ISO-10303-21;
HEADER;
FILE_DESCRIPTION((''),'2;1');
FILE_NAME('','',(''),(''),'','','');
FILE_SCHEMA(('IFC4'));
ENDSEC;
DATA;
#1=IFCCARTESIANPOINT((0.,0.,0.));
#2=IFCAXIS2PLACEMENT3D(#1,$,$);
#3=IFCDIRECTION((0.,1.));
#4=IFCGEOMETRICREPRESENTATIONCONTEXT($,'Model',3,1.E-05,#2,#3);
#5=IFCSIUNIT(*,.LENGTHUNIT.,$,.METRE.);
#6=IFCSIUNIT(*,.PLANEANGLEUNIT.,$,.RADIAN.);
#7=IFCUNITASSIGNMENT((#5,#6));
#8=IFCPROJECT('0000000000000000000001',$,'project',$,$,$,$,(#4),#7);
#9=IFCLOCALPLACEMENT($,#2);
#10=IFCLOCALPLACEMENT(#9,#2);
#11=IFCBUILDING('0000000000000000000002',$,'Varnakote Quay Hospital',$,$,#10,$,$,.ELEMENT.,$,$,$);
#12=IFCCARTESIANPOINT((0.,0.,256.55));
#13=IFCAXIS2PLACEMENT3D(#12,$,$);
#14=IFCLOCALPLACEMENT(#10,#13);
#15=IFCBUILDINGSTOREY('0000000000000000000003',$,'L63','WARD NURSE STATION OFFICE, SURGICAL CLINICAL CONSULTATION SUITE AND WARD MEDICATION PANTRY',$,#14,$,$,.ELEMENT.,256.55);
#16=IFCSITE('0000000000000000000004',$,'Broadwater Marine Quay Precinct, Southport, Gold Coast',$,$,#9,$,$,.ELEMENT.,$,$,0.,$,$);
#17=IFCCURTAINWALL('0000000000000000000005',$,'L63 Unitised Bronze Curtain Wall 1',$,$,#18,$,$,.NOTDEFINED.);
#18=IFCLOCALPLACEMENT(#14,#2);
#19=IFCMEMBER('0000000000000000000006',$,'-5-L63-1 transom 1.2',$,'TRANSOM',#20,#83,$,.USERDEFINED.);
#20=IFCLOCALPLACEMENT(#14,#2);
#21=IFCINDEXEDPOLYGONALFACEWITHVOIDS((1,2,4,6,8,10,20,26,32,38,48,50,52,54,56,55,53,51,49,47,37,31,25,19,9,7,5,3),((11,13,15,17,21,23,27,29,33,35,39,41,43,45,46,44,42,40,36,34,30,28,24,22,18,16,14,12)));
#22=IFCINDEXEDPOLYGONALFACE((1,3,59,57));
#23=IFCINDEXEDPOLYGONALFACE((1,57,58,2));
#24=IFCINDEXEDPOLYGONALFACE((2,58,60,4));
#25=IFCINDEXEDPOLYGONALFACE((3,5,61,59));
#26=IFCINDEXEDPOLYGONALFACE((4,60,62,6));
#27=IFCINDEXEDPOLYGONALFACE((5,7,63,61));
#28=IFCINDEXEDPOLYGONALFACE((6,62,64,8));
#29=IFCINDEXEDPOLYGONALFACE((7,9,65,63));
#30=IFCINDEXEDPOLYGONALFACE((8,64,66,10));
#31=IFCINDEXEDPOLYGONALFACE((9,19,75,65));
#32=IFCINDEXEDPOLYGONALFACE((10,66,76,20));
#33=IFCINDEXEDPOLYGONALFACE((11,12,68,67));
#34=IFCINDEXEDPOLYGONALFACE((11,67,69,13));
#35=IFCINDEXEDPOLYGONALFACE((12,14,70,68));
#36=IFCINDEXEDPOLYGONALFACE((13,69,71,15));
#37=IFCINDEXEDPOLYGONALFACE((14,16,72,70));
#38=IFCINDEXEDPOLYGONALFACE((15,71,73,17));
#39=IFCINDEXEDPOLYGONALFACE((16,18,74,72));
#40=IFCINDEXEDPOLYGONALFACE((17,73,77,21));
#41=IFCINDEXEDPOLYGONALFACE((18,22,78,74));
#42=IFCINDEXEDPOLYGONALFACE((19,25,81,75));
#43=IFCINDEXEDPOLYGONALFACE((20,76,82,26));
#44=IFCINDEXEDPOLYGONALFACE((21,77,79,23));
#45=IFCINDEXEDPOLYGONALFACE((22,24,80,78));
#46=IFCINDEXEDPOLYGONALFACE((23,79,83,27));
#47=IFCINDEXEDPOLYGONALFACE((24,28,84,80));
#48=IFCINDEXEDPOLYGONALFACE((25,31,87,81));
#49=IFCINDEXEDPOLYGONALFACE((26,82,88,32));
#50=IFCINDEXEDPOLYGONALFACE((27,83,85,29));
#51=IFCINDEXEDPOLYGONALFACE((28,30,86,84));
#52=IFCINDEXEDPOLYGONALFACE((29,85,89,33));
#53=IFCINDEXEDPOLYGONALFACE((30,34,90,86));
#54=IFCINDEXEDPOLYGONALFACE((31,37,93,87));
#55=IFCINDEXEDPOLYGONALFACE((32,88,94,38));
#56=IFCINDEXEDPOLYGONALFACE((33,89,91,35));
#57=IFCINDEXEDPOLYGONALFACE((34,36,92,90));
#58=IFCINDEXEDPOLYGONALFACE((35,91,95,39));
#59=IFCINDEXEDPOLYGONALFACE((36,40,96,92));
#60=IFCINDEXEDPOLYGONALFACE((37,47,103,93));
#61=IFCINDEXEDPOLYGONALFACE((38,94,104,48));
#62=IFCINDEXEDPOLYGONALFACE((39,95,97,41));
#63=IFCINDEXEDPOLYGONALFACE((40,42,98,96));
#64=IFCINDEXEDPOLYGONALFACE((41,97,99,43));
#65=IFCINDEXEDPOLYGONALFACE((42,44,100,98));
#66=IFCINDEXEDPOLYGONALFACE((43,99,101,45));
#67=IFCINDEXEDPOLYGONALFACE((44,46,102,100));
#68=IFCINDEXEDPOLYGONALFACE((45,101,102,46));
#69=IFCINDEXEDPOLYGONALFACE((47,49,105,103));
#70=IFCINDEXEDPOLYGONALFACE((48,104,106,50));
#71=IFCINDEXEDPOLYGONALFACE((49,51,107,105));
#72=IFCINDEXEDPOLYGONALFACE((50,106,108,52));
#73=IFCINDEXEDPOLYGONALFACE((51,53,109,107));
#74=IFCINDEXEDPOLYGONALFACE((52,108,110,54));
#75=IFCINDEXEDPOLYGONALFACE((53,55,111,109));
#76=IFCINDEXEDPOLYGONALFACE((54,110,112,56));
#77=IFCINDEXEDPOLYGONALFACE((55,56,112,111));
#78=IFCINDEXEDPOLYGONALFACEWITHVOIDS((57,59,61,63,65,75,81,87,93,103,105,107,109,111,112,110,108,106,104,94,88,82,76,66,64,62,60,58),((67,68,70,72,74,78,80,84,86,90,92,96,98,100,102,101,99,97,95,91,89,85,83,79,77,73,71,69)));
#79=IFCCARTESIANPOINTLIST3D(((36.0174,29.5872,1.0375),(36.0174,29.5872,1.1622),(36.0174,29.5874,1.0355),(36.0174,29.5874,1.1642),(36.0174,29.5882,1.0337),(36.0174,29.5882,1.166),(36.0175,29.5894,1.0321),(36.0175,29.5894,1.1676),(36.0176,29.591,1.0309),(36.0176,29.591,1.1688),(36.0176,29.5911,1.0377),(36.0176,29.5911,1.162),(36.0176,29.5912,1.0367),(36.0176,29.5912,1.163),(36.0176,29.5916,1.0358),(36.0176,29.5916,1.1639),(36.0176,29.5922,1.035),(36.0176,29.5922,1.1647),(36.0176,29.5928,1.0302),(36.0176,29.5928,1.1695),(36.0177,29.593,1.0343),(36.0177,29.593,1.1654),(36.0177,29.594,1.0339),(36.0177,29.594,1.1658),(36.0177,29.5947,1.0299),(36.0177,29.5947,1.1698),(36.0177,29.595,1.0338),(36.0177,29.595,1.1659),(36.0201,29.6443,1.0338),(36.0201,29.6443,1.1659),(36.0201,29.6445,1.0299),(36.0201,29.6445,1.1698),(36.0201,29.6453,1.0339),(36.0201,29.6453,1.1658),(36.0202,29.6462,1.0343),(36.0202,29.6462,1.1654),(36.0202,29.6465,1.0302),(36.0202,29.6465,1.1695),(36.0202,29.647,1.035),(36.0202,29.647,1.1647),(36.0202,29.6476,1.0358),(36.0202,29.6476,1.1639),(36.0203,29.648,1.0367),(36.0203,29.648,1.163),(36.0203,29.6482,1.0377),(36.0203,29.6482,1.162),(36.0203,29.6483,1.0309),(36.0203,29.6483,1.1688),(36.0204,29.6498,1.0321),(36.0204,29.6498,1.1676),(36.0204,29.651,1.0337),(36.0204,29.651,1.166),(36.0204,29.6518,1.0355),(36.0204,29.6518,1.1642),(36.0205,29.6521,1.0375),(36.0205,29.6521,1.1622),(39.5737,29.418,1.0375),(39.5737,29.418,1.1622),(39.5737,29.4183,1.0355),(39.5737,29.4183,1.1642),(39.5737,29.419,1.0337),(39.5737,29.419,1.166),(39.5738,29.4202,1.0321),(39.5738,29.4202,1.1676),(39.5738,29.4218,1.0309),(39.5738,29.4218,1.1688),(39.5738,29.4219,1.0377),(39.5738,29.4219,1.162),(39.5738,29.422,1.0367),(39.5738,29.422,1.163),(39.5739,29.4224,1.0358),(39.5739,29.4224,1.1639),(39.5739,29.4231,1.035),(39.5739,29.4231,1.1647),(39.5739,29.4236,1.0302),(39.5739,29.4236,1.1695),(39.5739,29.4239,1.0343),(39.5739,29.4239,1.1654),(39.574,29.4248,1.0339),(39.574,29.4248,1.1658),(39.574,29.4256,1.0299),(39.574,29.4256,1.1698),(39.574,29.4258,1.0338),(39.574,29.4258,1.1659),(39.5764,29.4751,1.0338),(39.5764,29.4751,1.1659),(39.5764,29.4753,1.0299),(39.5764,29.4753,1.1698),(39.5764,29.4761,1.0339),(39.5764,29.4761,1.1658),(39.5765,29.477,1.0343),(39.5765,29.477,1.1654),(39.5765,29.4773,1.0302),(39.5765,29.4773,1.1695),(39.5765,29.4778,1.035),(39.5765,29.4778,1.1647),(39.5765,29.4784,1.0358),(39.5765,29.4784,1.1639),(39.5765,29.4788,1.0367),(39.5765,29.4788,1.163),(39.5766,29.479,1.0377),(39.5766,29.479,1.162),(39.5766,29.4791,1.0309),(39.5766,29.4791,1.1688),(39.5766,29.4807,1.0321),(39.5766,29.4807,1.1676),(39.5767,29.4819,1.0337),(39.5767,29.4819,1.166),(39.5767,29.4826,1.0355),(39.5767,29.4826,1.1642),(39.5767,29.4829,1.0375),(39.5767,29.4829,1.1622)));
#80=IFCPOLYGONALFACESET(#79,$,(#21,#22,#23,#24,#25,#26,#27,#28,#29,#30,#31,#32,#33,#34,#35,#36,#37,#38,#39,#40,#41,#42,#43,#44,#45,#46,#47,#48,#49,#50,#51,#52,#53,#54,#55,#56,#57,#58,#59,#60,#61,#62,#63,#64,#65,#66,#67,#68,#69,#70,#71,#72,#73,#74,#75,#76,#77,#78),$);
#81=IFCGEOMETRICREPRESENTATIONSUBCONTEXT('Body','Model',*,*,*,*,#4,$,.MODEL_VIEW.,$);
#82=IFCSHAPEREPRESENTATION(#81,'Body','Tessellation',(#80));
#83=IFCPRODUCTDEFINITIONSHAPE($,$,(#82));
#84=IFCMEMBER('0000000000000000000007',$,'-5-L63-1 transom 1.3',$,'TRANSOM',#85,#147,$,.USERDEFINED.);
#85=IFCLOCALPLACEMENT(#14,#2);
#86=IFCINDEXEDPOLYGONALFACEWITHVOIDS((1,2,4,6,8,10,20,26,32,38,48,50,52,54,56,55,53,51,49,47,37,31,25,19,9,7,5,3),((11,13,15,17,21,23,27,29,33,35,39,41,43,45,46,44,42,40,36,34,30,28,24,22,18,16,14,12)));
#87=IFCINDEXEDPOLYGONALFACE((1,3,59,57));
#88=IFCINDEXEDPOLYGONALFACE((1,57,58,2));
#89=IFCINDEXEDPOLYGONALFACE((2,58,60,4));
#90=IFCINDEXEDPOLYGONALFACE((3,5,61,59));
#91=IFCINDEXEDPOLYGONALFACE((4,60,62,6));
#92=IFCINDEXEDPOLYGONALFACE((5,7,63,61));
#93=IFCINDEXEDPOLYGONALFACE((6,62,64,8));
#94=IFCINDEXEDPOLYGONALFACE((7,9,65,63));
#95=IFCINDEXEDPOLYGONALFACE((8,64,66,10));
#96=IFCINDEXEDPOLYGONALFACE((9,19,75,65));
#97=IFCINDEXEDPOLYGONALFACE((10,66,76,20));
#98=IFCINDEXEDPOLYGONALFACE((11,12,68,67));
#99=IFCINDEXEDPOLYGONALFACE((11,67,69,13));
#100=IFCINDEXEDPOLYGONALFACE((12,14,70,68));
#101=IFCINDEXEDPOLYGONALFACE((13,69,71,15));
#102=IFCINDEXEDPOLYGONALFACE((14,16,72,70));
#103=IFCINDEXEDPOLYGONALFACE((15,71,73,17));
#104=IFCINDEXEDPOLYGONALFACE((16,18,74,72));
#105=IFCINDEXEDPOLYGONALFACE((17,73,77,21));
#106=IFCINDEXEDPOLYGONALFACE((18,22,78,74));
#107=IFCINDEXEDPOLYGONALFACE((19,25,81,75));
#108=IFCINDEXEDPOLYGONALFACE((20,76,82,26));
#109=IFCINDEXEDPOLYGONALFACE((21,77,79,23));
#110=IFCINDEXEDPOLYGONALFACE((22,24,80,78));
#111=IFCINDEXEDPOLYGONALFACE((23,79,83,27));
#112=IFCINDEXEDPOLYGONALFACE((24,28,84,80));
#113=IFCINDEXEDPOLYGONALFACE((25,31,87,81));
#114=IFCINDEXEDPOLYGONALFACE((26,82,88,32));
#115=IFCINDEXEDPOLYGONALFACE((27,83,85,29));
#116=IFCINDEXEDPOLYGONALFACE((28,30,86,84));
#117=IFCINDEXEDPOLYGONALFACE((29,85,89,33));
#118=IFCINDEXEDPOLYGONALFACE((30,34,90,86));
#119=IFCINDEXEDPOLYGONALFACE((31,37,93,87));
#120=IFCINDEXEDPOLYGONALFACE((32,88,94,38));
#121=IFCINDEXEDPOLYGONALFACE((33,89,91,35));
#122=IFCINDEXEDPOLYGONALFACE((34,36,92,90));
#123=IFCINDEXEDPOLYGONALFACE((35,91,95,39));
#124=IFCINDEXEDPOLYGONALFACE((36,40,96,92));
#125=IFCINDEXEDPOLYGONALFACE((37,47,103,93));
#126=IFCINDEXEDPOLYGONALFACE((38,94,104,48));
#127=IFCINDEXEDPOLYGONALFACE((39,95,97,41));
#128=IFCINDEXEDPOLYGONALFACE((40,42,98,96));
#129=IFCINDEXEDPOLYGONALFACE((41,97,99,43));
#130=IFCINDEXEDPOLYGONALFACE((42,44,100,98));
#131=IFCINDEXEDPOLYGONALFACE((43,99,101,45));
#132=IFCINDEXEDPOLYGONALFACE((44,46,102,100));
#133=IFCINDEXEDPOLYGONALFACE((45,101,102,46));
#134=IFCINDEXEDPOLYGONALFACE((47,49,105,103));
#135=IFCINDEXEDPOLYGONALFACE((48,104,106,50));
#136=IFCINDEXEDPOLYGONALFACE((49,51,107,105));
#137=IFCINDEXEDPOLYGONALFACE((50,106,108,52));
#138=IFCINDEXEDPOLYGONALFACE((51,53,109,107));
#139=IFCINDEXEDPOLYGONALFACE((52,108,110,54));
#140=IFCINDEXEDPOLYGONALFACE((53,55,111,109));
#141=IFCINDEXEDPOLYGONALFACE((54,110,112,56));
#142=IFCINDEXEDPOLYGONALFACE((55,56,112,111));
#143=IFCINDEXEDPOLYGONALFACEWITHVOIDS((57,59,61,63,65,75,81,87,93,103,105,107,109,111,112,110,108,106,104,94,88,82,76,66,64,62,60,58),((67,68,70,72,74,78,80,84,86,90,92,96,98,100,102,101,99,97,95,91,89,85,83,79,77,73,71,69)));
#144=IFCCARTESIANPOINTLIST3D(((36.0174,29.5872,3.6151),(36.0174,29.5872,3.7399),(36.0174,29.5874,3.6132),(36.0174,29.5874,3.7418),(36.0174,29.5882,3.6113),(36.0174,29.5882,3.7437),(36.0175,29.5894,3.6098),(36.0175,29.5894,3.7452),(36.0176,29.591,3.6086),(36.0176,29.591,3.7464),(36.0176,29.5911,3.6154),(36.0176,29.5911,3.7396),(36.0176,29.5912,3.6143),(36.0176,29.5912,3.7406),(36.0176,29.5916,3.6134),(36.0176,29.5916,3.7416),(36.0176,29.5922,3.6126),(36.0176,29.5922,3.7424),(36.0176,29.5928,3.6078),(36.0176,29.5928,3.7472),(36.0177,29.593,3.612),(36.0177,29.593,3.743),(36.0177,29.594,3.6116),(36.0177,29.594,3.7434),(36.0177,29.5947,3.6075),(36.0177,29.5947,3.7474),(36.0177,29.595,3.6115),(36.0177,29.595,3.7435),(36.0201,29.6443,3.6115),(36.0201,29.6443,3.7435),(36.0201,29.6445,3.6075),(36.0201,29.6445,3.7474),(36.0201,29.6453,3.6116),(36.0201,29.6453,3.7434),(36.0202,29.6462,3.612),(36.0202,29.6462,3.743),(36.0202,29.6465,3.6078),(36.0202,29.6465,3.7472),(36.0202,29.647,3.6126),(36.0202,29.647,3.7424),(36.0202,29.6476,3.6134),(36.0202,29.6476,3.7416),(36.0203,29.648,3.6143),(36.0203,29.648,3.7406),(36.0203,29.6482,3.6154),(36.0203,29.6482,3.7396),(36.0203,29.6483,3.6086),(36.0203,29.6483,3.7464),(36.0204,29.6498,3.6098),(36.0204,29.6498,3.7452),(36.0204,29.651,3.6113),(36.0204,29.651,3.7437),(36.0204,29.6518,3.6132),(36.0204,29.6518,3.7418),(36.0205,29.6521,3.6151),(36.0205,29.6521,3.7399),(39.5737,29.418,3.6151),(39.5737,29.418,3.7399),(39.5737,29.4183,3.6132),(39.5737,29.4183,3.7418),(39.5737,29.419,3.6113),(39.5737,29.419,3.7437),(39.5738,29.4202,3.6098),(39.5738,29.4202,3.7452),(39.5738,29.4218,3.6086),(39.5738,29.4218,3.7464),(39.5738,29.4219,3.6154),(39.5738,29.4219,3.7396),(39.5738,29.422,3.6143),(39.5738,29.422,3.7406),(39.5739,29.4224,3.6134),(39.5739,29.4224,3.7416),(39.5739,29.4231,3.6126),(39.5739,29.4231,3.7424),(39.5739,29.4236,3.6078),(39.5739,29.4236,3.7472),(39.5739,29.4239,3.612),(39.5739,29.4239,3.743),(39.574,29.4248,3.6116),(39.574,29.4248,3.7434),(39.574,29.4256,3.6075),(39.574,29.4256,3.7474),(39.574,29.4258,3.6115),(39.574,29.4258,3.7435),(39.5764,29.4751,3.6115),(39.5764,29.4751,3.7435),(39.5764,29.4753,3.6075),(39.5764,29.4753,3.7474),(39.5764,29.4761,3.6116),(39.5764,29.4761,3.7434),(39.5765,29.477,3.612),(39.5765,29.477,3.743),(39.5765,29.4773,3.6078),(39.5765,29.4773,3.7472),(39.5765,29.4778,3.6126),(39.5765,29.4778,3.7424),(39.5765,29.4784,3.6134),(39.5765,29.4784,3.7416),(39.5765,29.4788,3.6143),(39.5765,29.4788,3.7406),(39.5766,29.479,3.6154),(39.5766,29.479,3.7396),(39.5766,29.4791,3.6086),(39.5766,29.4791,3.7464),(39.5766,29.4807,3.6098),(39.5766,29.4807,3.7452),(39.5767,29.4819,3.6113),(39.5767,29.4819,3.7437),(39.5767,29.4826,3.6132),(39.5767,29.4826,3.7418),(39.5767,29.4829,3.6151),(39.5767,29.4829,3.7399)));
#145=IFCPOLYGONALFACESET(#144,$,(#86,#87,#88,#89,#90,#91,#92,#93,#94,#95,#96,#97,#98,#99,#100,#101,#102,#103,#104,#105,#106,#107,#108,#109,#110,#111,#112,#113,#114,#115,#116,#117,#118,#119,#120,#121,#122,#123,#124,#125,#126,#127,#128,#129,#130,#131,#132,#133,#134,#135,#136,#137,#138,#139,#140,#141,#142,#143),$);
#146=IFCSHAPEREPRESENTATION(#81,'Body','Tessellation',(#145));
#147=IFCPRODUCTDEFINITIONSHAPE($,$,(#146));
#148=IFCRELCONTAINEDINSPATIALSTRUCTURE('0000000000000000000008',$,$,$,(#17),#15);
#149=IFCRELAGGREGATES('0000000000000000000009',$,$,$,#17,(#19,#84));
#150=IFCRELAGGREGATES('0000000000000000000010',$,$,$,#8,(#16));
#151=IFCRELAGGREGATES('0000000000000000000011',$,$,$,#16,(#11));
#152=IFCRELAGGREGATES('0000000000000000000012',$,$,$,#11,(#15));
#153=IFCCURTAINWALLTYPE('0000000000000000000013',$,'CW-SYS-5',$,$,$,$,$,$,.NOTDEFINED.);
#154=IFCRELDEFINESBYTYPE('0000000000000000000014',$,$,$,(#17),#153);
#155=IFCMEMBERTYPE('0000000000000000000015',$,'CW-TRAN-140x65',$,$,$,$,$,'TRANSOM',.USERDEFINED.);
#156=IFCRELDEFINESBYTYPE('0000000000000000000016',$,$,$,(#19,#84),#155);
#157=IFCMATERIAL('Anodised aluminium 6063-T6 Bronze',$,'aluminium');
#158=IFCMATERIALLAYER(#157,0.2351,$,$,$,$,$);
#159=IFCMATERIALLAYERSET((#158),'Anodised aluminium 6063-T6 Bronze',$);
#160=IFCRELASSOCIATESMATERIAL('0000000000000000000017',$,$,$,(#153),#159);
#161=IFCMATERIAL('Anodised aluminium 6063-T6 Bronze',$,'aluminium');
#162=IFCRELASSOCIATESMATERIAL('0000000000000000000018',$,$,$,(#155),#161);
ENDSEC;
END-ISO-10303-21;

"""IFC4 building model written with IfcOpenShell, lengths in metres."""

from ifc_helpers import new_model, si_unit, direction, frame, origin, origin_2d, place, context, subcontext, project, spatial, hollow_rectangle, extrude, material, layer, layer_set, material_profile, profile_set, type_object, element, aggregate, save


model = new_model("IFC4")

# Units and contexts
model_context = context("Model", 3, precision=1e-05, world=origin(), true_north=direction((0.0, 1.0)))
body_context = subcontext(model_context, "Body", "Model", "MODEL_VIEW")
ifc_project = project(units=[si_unit("LENGTHUNIT", "METRE"), si_unit("PLANEANGLEUNIT", "RADIAN")], contexts=[model_context])

# Site, building, storey
site_placement = place(None, origin())
site = spatial("IfcSite", under=ifc_project, at=site_placement, Name="Broadwater Marine Quay Precinct, Southport, Gold Coast", CompositionType="ELEMENT", RefElevation=0.0)
building_placement = place(site_placement, origin())
building = spatial("IfcBuilding", under=site, at=building_placement, Name="Varnakote Quay Hospital", CompositionType="ELEMENT")
storey_placement = place(building_placement, frame((0.0, 0.0, 256.55)))
storey = spatial("IfcBuildingStorey", under=building, at=storey_placement, Name="L63", Description="WARD NURSE STATION OFFICE, SURGICAL CLINICAL CONSULTATION SUITE AND WARD MEDICATION PANTRY", CompositionType="ELEMENT", Elevation=256.55)

# Curtain wall, members
ifc_material_1 = material(Name="Anodised aluminium 6063-T6 Bronze", Category="aluminium")
ifc_layer_1 = layer(ifc_material_1, 0.2351)
ifc_layer_set_1 = layer_set([ifc_layer_1], Name="Anodised aluminium 6063-T6 Bronze")
curtain_wall_type = type_object("IfcCurtainWallType", Name="CW-SYS-5", PredefinedType="NOTDEFINED", material=ifc_layer_set_1)
curtain_wall_placement = place(storey_placement, origin())
curtain_wall = element("IfcCurtainWall", 1, at=curtain_wall_placement, inside=storey, type_object=curtain_wall_type, Name="L63 Unitised Bronze Curtain Wall 1", PredefinedType="NOTDEFINED")
ifc_material_2 = material(Name="Anodised aluminium 6063-T6 Bronze", Category="aluminium")
ifc_material_profile_1 = material_profile(ifc_material_2, hollow_rectangle(XDim=0.0649, YDim=0.1399, WallThickness=0.0039, InnerFilletRadius=0.0039, OuterFilletRadius=0.0076, at=origin_2d()), Name="CW-TRAN-140x65")
ifc_profile_set_1 = profile_set([ifc_material_profile_1], Name="Anodised aluminium 6063-T6 Bronze")
member_type_1 = type_object("IfcMemberType", Name="CW-TRAN-140x65", ElementType="TRANSOM", PredefinedType="USERDEFINED", material=ifc_profile_set_1)
member_1_placement = place(storey_placement, frame((39.5752, 29.4504, 1.0999), z_axis=(-0.99887, 0.04752, 0.0), x_axis=(-0.04752, -0.99887, 0.0)))
member_1 = element("IfcMember", 2, at=member_1_placement, type_object=member_type_1, Name="-5-L63-1 transom 1.2", ObjectType="TRANSOM", PredefinedType="USERDEFINED", context=body_context, shape_type="SweptSolid", body=[
    extrude(hollow_rectangle(XDim=0.0649, YDim=0.1399, WallThickness=0.0039, InnerFilletRadius=0.0039, OuterFilletRadius=0.0076, at=origin_2d()), origin(), (0.0, 0.0, 1.0), 3.5603),
])
member_2_placement = place(storey_placement, frame((39.5752, 29.4504, 3.6775), z_axis=(-0.99887, 0.04752, 0.0), x_axis=(-0.04752, -0.99887, 0.0)))
member_2 = element("IfcMember", 3, at=member_2_placement, type_object=member_type_1, Name="-5-L63-1 transom 1.3", ObjectType="TRANSOM", PredefinedType="USERDEFINED", context=body_context, shape_type="SweptSolid", body=[
    extrude(hollow_rectangle(XDim=0.0649, YDim=0.1399, WallThickness=0.0039, InnerFilletRadius=0.0039, OuterFilletRadius=0.0076, at=origin_2d()), origin(), (0.0, 0.0, 1.0), 3.5603),
])
aggregate(curtain_wall, [member_1, member_2])

save(model, "model.ifc")
